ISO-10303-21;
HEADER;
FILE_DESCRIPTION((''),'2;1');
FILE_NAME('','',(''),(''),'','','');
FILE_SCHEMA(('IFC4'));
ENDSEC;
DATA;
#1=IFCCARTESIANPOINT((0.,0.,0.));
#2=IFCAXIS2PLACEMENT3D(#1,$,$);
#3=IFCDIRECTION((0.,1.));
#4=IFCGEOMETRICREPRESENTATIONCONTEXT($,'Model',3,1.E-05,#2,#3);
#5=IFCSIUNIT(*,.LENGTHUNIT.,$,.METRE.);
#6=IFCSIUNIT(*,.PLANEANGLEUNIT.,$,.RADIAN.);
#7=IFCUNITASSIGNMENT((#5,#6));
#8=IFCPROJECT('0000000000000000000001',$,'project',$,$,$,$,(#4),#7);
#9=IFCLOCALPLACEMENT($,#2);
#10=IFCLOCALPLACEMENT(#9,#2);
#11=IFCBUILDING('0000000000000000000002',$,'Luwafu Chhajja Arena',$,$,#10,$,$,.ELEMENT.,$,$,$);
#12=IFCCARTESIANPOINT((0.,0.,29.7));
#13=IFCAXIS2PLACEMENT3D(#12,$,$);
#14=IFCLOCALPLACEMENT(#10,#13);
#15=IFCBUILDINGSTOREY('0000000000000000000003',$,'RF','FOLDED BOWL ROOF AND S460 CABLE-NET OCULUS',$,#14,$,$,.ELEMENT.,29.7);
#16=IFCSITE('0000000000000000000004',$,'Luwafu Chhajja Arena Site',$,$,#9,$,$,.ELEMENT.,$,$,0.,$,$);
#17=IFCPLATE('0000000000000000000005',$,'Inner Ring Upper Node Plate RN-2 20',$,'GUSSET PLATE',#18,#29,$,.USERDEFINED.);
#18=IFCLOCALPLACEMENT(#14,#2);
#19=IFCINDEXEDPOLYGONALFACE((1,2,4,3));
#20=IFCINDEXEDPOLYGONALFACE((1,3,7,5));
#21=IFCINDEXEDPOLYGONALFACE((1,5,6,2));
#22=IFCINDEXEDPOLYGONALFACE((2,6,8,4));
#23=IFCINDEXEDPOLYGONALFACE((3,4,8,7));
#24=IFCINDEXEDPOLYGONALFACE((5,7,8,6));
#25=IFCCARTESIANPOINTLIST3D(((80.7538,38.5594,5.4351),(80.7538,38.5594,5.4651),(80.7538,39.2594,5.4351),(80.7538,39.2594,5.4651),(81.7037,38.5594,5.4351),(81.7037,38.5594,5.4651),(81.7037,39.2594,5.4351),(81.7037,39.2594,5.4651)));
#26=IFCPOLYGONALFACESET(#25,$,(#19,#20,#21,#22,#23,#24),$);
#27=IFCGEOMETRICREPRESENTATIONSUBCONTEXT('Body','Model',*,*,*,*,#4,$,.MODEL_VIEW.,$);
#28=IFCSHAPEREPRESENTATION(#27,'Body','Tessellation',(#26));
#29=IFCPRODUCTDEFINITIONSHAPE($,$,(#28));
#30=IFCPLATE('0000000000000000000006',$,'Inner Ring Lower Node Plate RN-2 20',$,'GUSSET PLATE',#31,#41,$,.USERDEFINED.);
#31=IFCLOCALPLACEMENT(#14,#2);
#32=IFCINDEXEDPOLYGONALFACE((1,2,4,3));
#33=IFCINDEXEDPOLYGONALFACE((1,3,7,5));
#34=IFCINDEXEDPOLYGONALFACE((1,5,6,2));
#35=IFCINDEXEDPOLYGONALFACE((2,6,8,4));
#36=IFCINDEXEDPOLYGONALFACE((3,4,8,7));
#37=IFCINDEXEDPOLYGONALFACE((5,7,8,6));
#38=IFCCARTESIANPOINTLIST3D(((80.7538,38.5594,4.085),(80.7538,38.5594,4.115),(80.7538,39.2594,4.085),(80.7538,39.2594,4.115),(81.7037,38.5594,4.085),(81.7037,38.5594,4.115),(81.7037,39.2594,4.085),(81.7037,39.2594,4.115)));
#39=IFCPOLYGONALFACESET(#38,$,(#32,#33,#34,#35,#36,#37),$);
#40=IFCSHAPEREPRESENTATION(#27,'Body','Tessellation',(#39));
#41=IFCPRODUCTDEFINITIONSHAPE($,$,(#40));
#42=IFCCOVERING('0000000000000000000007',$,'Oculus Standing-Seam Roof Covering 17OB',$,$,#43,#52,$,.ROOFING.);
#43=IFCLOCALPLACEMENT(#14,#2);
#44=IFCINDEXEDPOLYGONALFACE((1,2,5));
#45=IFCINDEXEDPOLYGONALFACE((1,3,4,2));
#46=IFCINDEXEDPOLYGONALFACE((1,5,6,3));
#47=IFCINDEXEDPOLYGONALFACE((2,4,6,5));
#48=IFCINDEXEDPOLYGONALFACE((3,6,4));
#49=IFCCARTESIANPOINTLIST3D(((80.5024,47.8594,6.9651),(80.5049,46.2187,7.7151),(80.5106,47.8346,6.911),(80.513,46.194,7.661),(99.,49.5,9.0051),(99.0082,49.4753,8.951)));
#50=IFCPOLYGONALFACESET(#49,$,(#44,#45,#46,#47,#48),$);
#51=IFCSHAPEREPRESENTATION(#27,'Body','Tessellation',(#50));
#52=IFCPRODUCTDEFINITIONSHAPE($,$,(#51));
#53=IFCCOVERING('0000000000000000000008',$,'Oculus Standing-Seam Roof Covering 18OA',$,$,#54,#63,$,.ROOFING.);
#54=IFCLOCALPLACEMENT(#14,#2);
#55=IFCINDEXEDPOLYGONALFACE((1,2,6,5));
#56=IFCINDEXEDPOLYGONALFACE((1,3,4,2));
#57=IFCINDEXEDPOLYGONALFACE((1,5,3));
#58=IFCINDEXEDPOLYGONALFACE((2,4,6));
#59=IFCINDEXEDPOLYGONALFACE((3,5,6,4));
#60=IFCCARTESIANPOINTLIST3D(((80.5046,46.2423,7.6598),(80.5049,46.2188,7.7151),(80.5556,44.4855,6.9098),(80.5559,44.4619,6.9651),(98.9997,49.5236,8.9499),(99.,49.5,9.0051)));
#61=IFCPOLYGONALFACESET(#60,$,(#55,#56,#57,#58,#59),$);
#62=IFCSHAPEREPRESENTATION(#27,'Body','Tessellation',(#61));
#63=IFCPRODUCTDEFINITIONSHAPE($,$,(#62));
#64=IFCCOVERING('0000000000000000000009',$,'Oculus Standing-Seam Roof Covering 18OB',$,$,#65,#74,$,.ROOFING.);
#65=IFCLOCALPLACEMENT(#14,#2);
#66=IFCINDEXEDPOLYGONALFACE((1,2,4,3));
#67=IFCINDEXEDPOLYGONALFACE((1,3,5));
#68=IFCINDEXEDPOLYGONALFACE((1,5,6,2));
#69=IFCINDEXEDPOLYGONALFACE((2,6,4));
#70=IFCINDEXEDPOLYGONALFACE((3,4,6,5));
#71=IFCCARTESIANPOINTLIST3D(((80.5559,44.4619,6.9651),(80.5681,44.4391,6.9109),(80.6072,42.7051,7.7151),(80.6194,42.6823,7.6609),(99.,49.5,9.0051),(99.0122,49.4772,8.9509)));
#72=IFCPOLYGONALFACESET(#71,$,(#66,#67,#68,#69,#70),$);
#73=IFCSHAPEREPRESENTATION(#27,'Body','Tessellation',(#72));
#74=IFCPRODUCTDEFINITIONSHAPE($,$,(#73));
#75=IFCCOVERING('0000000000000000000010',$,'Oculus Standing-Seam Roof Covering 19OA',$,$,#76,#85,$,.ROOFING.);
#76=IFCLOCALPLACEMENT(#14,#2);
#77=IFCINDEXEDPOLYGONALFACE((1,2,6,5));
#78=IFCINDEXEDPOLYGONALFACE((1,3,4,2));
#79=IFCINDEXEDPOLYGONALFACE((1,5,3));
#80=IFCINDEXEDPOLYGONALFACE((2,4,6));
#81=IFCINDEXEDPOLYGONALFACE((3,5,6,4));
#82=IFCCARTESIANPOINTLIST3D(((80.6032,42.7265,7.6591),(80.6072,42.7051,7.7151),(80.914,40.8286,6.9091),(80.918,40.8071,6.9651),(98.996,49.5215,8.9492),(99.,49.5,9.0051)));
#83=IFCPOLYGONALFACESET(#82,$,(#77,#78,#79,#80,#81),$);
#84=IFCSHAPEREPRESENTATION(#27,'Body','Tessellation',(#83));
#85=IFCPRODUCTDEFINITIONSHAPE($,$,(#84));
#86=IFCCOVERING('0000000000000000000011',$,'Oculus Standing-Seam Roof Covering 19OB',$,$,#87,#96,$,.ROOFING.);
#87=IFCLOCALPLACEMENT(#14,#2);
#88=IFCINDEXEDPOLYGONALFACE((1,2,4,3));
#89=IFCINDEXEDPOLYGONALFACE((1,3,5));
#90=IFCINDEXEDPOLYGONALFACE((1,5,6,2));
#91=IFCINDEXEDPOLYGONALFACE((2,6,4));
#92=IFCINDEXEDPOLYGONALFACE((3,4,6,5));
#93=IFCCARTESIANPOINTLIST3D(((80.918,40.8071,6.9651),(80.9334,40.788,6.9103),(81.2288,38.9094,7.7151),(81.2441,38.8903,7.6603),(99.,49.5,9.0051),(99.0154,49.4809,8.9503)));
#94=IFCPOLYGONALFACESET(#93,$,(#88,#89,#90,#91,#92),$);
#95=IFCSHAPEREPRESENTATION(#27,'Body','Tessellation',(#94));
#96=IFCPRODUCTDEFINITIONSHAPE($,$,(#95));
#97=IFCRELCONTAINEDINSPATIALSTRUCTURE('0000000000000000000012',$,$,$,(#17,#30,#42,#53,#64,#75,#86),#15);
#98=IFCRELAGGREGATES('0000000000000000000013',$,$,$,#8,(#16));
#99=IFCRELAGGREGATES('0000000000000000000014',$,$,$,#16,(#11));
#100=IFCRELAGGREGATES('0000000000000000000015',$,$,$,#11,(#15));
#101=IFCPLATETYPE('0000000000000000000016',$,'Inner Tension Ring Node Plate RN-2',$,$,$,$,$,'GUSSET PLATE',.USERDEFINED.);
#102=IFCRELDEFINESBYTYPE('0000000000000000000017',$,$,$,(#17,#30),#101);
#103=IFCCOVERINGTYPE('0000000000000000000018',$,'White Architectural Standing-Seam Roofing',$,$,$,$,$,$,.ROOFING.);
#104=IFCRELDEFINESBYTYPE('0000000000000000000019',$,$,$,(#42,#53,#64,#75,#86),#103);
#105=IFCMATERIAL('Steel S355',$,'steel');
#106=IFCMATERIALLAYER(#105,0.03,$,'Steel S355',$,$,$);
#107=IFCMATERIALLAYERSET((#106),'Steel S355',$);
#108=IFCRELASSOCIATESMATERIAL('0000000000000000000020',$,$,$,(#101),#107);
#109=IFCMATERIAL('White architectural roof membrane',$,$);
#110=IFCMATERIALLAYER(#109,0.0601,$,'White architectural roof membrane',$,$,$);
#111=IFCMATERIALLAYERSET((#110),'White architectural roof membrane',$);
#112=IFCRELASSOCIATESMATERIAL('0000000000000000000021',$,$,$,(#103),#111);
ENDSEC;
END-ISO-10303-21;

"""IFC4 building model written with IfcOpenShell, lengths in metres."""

from ifc_helpers import new_model, si_unit, direction, frame, origin, origin_2d, place, context, subcontext, project, spatial, polyline, rectangle, outline, extrude, material, layer, layer_set, type_object, element, save


model = new_model("IFC4")

# Units and contexts
model_context = context("Model", 3, precision=1e-05, world=origin(), true_north=direction((0.0, 1.0)))
body_context = subcontext(model_context, "Body", "Model", "MODEL_VIEW")
ifc_project = project(units=[si_unit("LENGTHUNIT", "METRE"), si_unit("PLANEANGLEUNIT", "RADIAN")], contexts=[model_context])

# Site, building, storey
site_placement = place(None, origin())
site = spatial("IfcSite", under=ifc_project, at=site_placement, Name="Luwafu Chhajja Arena Site", CompositionType="ELEMENT", RefElevation=0.0)
building_placement = place(site_placement, origin())
building = spatial("IfcBuilding", under=site, at=building_placement, Name="Luwafu Chhajja Arena", CompositionType="ELEMENT")
storey_placement = place(building_placement, frame((0.0, 0.0, 29.7)))
storey = spatial("IfcBuildingStorey", under=building, at=storey_placement, Name="RF", Description="FOLDED BOWL ROOF AND S460 CABLE-NET OCULUS", CompositionType="ELEMENT", Elevation=29.7)

# Shared definitions
ifc_material_1 = material(Name="Steel S355", Category="steel")

# Plates
ifc_layer_1 = layer(ifc_material_1, 0.03, Name="Steel S355")
ifc_layer_set_1 = layer_set([ifc_layer_1], Name="Steel S355")
plate_type = type_object("IfcPlateType", Name="Inner Tension Ring Node Plate RN-2", ElementType="GUSSET PLATE", PredefinedType="USERDEFINED", material=ifc_layer_set_1)
for number, where, z_axis, x_axis, name in (
    (1, (81.2288, 38.9094, 5.4351), (0.0, 0.0, 1.0), (1.0, 0.0, 0.0), "Inner Ring Upper Node Plate RN-2 20"),
    (2, (81.2288, 38.9094, 4.085), (0.0, 0.0, 1.0), (1.0, 0.0, 0.0), "Inner Ring Lower Node Plate RN-2 20"),
):
    element("IfcPlate", number, at=place(storey_placement, frame(where, z_axis=z_axis, x_axis=x_axis)), inside=storey, type_object=plate_type, Name=name, ObjectType="GUSSET PLATE", PredefinedType="USERDEFINED", context=body_context, shape_type="SweptSolid", body=[
        extrude(rectangle(XDim=0.95, YDim=0.7, at=origin_2d()), origin(), (0.0, 0.0, 1.0), 0.03),
    ])

# Coverings
ifc_material_2 = material(Name="White architectural roof membrane")
ifc_layer_2 = layer(ifc_material_2, 0.0601, Name="White architectural roof membrane")
ifc_layer_set_2 = layer_set([ifc_layer_2], Name="White architectural roof membrane")
covering_type = type_object("IfcCoveringType", Name="White Architectural Standing-Seam Roofing", PredefinedType="ROOFING", material=ifc_layer_set_2)
covering_1_placement = place(storey_placement, frame((80.5024, 47.8594, 6.9651), z_axis=(-0.1359, 0.411735, 0.901113), x_axis=(0.001353, -0.909474, 0.415759)))
element("IfcCovering", 3, at=covering_1_placement, inside=storey, type_object=covering_type, Name="Oculus Standing-Seam Roof Covering 17OB", PredefinedType="ROOFING", context=body_context, shape_type="SweptSolid", body=[
    extrude(outline(polyline([(0.0, 0.0), (1.8039, 0.0), (-0.6189, 18.6716), (0.0, 0.0)])), origin(), (0.0, 0.0, -1.0), 0.0601),
])
covering_2_placement = place(storey_placement, frame((80.5049, 46.2188, 7.7151), z_axis=(0.005479, -0.392483, 0.919743), x_axis=(0.026702, -0.919371, -0.392483)))
element("IfcCovering", 4, at=covering_2_placement, inside=storey, type_object=covering_type, Name="Oculus Standing-Seam Roof Covering 18OA", PredefinedType="ROOFING", context=body_context, shape_type="SweptSolid", body=[
    extrude(outline(polyline([(0.0, 0.0), (1.9109, 0.0), (-3.0291, 18.5829), (0.0, 0.0)])), origin(), (0.0, 0.0, -1.0), 0.0601),
])
covering_3_placement = place(storey_placement, frame((80.5559, 44.4619, 6.9651), z_axis=(-0.203463, 0.379382, 0.902592), x_axis=(0.02683, -0.919368, 0.392482)))
element("IfcCovering", 5, at=covering_3_placement, inside=storey, type_object=covering_type, Name="Oculus Standing-Seam Roof Covering 18OB", PredefinedType="ROOFING", context=body_context, shape_type="SweptSolid", body=[
    extrude(outline(polyline([(0.0, 0.0), (1.9109, 0.0), (-3.3363, 18.9367), (0.0, 0.0)])), origin(), (0.0, 0.0, -1.0), 0.0601),
])
covering_4_placement = place(storey_placement, frame((80.6072, 42.7051, 7.7151), z_axis=(0.066632, -0.357237, 0.931634), x_axis=(0.150556, -0.919419, -0.363321)))
element("IfcCovering", 6, at=covering_4_placement, inside=storey, type_object=covering_type, Name="Oculus Standing-Seam Roof Covering 19OA", PredefinedType="ROOFING", context=body_context, shape_type="SweptSolid", body=[
    extrude(outline(polyline([(0.0, 0.0), (2.0643, 0.0), (-3.9469, 19.2497), (0.0, 0.0)])), origin(), (0.0, 0.0, -1.0), 0.0601),
])
covering_5_placement = place(storey_placement, frame((80.918, 40.8071, 6.9651), z_axis=(-0.256177, 0.318709, 0.912578), x_axis=(0.150572, -0.919401, 0.36336)))
element("IfcCovering", 7, at=covering_5_placement, inside=storey, type_object=covering_type, Name="Oculus Standing-Seam Roof Covering 19OB", PredefinedType="ROOFING", context=body_context, shape_type="SweptSolid", body=[
    extrude(outline(polyline([(0.0, 0.0), (2.0641, 0.0), (-4.5283, 19.6515), (0.0, 0.0)])), origin(), (0.0, 0.0, -1.0), 0.0601),
])

save(model, "model.ifc")
